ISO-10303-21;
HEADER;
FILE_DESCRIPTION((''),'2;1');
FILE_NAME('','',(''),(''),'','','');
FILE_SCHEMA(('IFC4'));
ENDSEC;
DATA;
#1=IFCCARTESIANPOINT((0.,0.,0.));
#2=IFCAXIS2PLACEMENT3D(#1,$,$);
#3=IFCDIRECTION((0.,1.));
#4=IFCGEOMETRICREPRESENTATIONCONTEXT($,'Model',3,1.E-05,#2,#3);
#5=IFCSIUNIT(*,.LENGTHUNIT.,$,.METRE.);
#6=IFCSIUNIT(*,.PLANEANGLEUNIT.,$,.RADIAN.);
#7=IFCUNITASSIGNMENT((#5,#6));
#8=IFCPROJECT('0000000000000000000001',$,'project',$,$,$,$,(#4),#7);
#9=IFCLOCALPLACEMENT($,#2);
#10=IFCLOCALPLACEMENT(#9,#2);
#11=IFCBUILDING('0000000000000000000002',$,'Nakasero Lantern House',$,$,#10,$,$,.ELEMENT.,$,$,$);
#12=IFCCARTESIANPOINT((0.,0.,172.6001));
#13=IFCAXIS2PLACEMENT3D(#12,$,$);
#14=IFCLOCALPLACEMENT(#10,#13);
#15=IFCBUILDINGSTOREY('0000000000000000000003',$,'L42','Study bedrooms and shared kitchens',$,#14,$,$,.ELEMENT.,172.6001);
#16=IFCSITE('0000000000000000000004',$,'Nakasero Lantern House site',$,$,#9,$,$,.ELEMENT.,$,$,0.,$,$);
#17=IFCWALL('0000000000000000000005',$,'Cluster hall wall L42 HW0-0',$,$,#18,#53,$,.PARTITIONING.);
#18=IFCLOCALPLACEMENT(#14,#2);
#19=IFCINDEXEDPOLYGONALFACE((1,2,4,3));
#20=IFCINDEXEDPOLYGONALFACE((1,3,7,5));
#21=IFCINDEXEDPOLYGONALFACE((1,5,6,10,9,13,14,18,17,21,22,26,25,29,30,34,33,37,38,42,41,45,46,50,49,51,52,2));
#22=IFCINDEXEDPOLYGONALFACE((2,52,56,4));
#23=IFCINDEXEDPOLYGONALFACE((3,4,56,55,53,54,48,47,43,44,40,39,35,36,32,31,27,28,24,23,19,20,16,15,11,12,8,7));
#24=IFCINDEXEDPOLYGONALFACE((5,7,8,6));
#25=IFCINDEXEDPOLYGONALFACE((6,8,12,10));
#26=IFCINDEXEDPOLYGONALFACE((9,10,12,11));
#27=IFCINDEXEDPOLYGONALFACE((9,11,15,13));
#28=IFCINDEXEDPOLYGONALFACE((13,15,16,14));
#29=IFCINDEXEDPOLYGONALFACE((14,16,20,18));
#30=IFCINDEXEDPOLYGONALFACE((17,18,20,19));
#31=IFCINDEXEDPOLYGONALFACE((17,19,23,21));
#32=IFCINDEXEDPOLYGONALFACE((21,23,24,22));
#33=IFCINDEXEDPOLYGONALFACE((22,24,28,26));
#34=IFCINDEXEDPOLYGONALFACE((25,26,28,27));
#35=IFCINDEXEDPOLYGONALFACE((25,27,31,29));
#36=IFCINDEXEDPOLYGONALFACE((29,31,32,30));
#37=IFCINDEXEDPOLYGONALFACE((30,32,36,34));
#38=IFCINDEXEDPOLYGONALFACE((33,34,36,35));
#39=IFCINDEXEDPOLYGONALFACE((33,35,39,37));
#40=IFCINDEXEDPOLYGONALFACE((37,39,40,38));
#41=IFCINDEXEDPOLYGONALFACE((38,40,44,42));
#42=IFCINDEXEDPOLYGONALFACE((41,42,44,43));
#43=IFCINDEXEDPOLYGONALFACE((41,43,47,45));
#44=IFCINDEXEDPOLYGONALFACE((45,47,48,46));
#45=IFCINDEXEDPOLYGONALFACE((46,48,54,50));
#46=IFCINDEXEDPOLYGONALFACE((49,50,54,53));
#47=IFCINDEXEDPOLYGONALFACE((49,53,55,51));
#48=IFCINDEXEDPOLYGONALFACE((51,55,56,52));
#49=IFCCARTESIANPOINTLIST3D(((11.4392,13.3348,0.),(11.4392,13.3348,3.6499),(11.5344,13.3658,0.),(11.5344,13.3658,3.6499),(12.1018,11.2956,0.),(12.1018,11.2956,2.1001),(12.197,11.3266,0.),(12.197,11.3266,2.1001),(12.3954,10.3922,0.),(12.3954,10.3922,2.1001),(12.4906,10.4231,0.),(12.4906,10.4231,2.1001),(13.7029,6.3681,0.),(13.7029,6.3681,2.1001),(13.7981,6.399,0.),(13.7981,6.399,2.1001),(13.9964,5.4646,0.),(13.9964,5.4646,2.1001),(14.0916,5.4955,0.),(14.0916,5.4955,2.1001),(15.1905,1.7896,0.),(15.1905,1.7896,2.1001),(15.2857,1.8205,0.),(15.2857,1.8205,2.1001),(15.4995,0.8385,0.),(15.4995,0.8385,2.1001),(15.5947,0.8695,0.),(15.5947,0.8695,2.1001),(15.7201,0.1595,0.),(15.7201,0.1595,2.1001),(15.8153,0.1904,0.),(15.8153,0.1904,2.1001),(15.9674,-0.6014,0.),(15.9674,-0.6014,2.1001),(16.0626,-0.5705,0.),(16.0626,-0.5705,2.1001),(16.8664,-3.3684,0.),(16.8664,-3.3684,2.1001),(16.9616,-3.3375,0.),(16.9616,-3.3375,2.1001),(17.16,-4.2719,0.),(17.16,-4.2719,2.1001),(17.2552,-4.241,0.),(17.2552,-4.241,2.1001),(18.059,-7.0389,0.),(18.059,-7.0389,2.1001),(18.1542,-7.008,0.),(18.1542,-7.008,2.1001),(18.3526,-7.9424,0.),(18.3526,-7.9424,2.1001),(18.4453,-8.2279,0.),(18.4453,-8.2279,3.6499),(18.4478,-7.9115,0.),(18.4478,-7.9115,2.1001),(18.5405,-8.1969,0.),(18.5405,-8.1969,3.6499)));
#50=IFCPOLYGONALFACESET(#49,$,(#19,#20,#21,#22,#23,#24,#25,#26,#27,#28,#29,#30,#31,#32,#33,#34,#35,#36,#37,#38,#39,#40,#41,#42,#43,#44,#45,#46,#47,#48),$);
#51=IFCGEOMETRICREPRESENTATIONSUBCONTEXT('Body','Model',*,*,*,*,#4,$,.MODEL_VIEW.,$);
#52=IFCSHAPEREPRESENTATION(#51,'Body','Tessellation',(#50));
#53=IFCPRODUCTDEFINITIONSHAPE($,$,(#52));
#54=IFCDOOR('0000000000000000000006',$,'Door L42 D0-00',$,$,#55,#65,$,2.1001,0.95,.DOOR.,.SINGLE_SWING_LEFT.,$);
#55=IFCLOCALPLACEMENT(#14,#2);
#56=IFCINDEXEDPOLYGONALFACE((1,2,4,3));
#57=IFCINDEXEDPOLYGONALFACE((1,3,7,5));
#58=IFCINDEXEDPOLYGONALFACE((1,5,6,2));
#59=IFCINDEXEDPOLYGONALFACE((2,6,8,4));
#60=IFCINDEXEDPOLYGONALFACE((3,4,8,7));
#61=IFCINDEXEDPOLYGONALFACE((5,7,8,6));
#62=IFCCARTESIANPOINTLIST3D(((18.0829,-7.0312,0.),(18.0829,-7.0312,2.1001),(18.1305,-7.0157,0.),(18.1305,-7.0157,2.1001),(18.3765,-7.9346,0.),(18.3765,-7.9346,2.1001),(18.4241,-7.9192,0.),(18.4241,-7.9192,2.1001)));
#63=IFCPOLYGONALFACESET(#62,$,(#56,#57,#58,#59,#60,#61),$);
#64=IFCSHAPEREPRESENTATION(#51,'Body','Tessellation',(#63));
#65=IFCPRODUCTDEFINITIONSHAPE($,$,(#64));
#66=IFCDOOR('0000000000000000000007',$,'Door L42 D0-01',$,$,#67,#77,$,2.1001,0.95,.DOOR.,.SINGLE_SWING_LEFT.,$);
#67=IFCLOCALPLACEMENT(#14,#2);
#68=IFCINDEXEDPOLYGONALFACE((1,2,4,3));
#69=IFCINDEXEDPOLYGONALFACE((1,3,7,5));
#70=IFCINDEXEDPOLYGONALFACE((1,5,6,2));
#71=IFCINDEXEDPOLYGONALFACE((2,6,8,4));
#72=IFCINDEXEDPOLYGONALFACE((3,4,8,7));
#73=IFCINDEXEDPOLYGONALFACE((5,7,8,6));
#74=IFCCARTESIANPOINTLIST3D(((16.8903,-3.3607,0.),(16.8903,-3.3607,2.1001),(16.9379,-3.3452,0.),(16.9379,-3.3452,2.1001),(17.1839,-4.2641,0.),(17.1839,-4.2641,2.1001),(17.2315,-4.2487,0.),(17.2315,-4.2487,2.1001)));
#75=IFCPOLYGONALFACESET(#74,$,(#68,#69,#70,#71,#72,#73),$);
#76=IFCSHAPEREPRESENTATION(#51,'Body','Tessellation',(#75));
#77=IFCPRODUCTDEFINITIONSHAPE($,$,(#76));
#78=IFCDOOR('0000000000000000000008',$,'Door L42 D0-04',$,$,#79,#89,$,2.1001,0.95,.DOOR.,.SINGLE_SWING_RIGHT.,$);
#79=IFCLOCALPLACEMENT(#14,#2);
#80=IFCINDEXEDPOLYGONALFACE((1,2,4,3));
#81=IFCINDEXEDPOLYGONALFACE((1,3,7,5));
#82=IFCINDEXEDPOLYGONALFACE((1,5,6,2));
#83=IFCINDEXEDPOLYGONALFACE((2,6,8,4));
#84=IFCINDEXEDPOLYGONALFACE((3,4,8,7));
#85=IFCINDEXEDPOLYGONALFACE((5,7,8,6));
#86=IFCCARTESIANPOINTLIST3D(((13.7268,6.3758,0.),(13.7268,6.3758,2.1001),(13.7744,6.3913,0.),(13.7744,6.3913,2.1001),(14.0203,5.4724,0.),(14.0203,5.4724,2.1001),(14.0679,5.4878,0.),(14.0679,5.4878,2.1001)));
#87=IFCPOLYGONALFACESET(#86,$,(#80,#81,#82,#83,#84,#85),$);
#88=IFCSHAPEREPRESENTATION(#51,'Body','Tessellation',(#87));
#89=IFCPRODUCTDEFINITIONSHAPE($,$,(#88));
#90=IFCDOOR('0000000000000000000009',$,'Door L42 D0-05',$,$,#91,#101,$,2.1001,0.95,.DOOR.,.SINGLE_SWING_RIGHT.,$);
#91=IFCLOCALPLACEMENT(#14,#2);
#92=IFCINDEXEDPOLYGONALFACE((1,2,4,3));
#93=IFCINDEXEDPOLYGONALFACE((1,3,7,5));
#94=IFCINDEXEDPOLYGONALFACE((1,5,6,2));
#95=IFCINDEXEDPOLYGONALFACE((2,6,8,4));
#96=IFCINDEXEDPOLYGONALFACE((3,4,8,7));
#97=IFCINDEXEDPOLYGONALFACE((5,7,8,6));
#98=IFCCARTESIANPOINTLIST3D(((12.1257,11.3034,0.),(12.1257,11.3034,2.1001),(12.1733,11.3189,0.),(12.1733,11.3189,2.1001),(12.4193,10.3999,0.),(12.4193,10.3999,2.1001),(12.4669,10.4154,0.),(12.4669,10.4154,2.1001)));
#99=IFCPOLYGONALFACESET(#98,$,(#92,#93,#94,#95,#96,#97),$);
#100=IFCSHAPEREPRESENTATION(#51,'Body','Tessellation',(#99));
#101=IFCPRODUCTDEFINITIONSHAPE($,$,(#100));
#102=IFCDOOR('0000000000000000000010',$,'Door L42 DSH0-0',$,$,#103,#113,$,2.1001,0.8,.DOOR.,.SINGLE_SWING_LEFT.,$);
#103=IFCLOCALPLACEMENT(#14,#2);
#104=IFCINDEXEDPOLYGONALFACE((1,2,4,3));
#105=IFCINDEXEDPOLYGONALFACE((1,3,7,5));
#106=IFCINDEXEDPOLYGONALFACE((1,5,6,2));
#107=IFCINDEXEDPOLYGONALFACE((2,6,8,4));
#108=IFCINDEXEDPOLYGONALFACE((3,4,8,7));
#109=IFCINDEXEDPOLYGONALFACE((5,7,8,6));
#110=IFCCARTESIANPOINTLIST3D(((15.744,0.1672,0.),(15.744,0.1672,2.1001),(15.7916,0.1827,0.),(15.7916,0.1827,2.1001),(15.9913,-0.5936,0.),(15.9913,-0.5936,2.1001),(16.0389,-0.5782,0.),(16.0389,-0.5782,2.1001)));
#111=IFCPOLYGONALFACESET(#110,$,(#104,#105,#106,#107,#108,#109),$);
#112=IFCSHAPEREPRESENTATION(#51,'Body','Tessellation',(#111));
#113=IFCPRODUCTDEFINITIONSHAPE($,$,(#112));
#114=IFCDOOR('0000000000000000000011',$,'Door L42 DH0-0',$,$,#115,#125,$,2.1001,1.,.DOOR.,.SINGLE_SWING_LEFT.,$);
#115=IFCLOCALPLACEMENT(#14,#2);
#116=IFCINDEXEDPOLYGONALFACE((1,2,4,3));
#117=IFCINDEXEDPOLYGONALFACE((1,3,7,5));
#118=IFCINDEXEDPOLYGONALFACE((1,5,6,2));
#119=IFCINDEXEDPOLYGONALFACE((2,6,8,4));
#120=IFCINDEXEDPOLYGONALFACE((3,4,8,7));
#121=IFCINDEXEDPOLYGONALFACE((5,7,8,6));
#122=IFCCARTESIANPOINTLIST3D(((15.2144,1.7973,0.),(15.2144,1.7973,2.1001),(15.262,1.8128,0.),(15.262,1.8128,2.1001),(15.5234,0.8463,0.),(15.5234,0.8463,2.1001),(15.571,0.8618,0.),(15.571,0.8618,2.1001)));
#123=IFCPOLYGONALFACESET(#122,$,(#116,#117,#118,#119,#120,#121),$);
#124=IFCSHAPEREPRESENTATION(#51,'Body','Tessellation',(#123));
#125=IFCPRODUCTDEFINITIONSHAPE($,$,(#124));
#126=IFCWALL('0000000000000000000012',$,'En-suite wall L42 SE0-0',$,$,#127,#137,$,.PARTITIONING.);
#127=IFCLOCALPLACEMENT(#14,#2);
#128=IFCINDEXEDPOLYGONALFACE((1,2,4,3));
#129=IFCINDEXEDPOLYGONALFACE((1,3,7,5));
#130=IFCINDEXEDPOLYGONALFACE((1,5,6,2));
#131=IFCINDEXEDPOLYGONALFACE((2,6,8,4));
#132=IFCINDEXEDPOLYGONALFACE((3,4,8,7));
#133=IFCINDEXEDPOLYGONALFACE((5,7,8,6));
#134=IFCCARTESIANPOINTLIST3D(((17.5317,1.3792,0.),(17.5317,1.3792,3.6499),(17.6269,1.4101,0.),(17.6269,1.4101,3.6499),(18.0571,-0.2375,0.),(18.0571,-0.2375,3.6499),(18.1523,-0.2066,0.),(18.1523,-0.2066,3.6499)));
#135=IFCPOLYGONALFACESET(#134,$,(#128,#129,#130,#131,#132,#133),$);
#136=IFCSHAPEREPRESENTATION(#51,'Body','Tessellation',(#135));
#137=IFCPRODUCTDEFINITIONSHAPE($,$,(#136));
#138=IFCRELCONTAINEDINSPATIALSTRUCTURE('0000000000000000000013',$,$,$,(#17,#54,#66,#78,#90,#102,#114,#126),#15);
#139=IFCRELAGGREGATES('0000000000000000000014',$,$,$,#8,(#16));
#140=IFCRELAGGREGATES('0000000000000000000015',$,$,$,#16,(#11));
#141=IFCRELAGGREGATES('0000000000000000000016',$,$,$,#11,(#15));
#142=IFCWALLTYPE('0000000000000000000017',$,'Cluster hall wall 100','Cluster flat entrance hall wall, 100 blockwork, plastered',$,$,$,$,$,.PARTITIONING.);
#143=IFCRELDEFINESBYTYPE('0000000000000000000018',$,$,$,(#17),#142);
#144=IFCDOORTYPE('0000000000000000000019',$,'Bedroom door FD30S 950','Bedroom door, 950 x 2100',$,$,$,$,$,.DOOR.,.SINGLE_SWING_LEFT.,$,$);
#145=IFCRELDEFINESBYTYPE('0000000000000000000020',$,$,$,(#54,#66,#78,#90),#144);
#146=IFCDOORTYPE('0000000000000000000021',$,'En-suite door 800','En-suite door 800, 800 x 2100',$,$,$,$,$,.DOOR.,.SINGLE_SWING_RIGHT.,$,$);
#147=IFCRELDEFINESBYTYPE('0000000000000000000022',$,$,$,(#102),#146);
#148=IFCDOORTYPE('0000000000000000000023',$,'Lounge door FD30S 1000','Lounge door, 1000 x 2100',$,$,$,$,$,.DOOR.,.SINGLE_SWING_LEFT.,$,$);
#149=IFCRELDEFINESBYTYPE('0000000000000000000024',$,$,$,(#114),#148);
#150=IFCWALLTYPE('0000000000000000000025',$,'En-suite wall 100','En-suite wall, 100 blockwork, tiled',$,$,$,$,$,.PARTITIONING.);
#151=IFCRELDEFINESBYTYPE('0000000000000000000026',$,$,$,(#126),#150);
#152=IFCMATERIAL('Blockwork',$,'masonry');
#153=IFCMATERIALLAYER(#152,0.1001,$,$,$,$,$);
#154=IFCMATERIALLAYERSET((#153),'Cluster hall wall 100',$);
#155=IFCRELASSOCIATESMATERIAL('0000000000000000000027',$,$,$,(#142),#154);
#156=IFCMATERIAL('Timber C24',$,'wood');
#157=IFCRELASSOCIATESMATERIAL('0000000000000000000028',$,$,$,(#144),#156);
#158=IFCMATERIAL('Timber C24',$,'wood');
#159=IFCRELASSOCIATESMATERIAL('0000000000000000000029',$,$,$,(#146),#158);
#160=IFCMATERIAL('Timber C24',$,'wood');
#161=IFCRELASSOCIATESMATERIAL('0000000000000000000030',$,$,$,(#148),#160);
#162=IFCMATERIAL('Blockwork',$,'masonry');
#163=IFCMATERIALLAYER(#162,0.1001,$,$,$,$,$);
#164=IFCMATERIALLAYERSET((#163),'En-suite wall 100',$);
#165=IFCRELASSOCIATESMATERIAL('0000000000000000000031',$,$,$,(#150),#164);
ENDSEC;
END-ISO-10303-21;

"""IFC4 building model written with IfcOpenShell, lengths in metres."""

from ifc_helpers import new_model, si_unit, direction, frame, frame_2d, origin, place, context, subcontext, project, spatial, rectangle, extrude, material, layer, layer_set, type_object, element, fill, save


model = new_model("IFC4")

# Units and contexts
model_context = context("Model", 3, precision=1e-05, world=origin(), true_north=direction((0.0, 1.0)))
body_context = subcontext(model_context, "Body", "Model", "MODEL_VIEW")
ifc_project = project(units=[si_unit("LENGTHUNIT", "METRE"), si_unit("PLANEANGLEUNIT", "RADIAN")], contexts=[model_context])

# Site, building, storey
site_placement = place(None, origin())
site = spatial("IfcSite", under=ifc_project, at=site_placement, Name="Nakasero Lantern House site", CompositionType="ELEMENT", RefElevation=0.0)
building_placement = place(site_placement, origin())
building = spatial("IfcBuilding", under=site, at=building_placement, Name="Nakasero Lantern House", CompositionType="ELEMENT")
storey_placement = place(building_placement, frame((0.0, 0.0, 172.6001)))
storey = spatial("IfcBuildingStorey", under=building, at=storey_placement, Name="L42", Description="Study bedrooms and shared kitchens", CompositionType="ELEMENT", Elevation=172.6001)

# Wall, openings, doors
ifc_material_1 = material(Name="Blockwork", Category="masonry")
ifc_layer_1 = layer(ifc_material_1, 0.1001)
ifc_layer_set_1 = layer_set([ifc_layer_1], Name="Cluster hall wall 100")
wall_type_1 = type_object("IfcWallType", Name="Cluster hall wall 100", Description="Cluster flat entrance hall wall, 100 blockwork, plastered", PredefinedType="PARTITIONING", material=ifc_layer_set_1)
wall_1_placement = place(storey_placement, frame((18.4929, -8.2124, 0.0), z_axis=(0.0, 0.0, 1.0), x_axis=(-0.309015, 0.951057, 0.0)))
wall_1 = element("IfcWall", 1, at=wall_1_placement, inside=storey, type_object=wall_type_1, Name="Cluster hall wall L42 HW0-0", PredefinedType="PARTITIONING", context=body_context, shape_type="SweptSolid", body=[
    extrude(rectangle(XDim=22.6724, YDim=0.1001, at=frame_2d((11.3362, 0.0))), origin(), (0.0, 0.0, 1.0), 3.6499),
])
opening_1_placement = place(wall_1_placement, frame((9.533, 0.0, 0.0)))
opening_1 = element("IfcOpeningElement", 2, at=opening_1_placement, cuts=wall_1, PredefinedType="OPENING", context=body_context, shape_type="SweptSolid", body=[
    extrude(rectangle(XDim=1.0, YDim=2.1001, at=frame_2d((0.5, 1.05))), frame((0.0, 0.0701, 0.0), z_axis=(0.0, -1.0, 0.0), x_axis=(1.0, 0.0, 0.0)), (0.0, 0.0, 1.0), 0.1401),
])
opening_2_placement = place(wall_1_placement, frame((8.019, 0.0, 0.0)))
opening_2 = element("IfcOpeningElement", 3, at=opening_2_placement, cuts=wall_1, PredefinedType="OPENING", context=body_context, shape_type="SweptSolid", body=[
    extrude(rectangle(XDim=0.8, YDim=2.1001, at=frame_2d((0.3999, 1.05))), frame((0.0, 0.0701, 0.0), z_axis=(0.0, -1.0, 0.0), x_axis=(1.0, 0.0, 0.0)), (0.0, 0.0, 1.0), 0.1401),
])
opening_3_placement = place(wall_1_placement, frame((0.3, 0.0, 0.0)))
opening_3 = element("IfcOpeningElement", 4, at=opening_3_placement, cuts=wall_1, PredefinedType="OPENING", context=body_context, shape_type="SweptSolid", body=[
    extrude(rectangle(XDim=0.95, YDim=2.1001, at=frame_2d((0.4751, 1.05))), frame((0.0, 0.0701, 0.0), z_axis=(0.0, -1.0, 0.0), x_axis=(1.0, 0.0, 0.0)), (0.0, 0.0, 1.0), 0.1401),
])
opening_4_placement = place(wall_1_placement, frame((4.1594, 0.0, 0.0)))
opening_4 = element("IfcOpeningElement", 5, at=opening_4_placement, cuts=wall_1, PredefinedType="OPENING", context=body_context, shape_type="SweptSolid", body=[
    extrude(rectangle(XDim=0.95, YDim=2.1001, at=frame_2d((0.4751, 1.05))), frame((0.0, 0.0701, 0.0), z_axis=(0.0, -1.0, 0.0), x_axis=(1.0, 0.0, 0.0)), (0.0, 0.0, 1.0), 0.1401),
])
opening_5_placement = place(wall_1_placement, frame((14.397, 0.0, 0.0)))
opening_5 = element("IfcOpeningElement", 6, at=opening_5_placement, cuts=wall_1, PredefinedType="OPENING", context=body_context, shape_type="SweptSolid", body=[
    extrude(rectangle(XDim=0.95, YDim=2.1001, at=frame_2d((0.4751, 1.05))), frame((0.0, 0.0701, 0.0), z_axis=(0.0, -1.0, 0.0), x_axis=(1.0, 0.0, 0.0)), (0.0, 0.0, 1.0), 0.1401),
])
opening_6_placement = place(wall_1_placement, frame((19.5781, 0.0, 0.0)))
opening_6 = element("IfcOpeningElement", 7, at=opening_6_placement, cuts=wall_1, PredefinedType="OPENING", context=body_context, shape_type="SweptSolid", body=[
    extrude(rectangle(XDim=0.95, YDim=2.1001, at=frame_2d((0.4751, 1.05))), frame((0.0, 0.0701, 0.0), z_axis=(0.0, -1.0, 0.0), x_axis=(1.0, 0.0, 0.0)), (0.0, 0.0, 1.0), 0.1401),
])
ifc_material_2 = material(Name="Timber C24", Category="wood")
door_type_1 = type_object("IfcDoorType", Name="Bedroom door FD30S 950", Description="Bedroom door, 950 x 2100", OperationType="SINGLE_SWING_LEFT", PredefinedType="DOOR", material=ifc_material_2)
door_1_placement = place(opening_3_placement, origin())
door_1 = element("IfcDoor", 8, at=door_1_placement, inside=storey, type_object=door_type_1, Name="Door L42 D0-00", OperationType="SINGLE_SWING_LEFT", OverallHeight=2.1001, OverallWidth=0.95, PredefinedType="DOOR", context=body_context, shape_type="SweptSolid", body=[
    extrude(rectangle(XDim=0.95, YDim=2.1001, at=frame_2d((0.4751, 1.05))), frame((0.0, 0.0249, 0.0), z_axis=(0.0, -1.0, 0.0), x_axis=(1.0, 0.0, 0.0)), (0.0, 0.0, 1.0), 0.05),
])
fill(opening_3, door_1)
door_2_placement = place(opening_4_placement, origin())
door_2 = element("IfcDoor", 9, at=door_2_placement, inside=storey, type_object=door_type_1, Name="Door L42 D0-01", OperationType="SINGLE_SWING_LEFT", OverallHeight=2.1001, OverallWidth=0.95, PredefinedType="DOOR", context=body_context, shape_type="SweptSolid", body=[
    extrude(rectangle(XDim=0.95, YDim=2.1001, at=frame_2d((0.4751, 1.05))), frame((0.0, 0.0249, 0.0), z_axis=(0.0, -1.0, 0.0), x_axis=(1.0, 0.0, 0.0)), (0.0, 0.0, 1.0), 0.05),
])
fill(opening_4, door_2)
door_3_placement = place(opening_5_placement, origin())
door_3 = element("IfcDoor", 10, at=door_3_placement, inside=storey, type_object=door_type_1, Name="Door L42 D0-04", OperationType="SINGLE_SWING_RIGHT", OverallHeight=2.1001, OverallWidth=0.95, PredefinedType="DOOR", context=body_context, shape_type="SweptSolid", body=[
    extrude(rectangle(XDim=0.95, YDim=2.1001, at=frame_2d((0.4751, 1.05))), frame((0.0, 0.0249, 0.0), z_axis=(0.0, -1.0, 0.0), x_axis=(1.0, 0.0, 0.0)), (0.0, 0.0, 1.0), 0.05),
])
fill(opening_5, door_3)
door_4_placement = place(opening_6_placement, origin())
door_4 = element("IfcDoor", 11, at=door_4_placement, inside=storey, type_object=door_type_1, Name="Door L42 D0-05", OperationType="SINGLE_SWING_RIGHT", OverallHeight=2.1001, OverallWidth=0.95, PredefinedType="DOOR", context=body_context, shape_type="SweptSolid", body=[
    extrude(rectangle(XDim=0.95, YDim=2.1001, at=frame_2d((0.4751, 1.05))), frame((0.0, 0.0249, 0.0), z_axis=(0.0, -1.0, 0.0), x_axis=(1.0, 0.0, 0.0)), (0.0, 0.0, 1.0), 0.05),
])
fill(opening_6, door_4)
ifc_material_3 = material(Name="Timber C24", Category="wood")
door_type_2 = type_object("IfcDoorType", Name="En-suite door 800", Description="En-suite door 800, 800 x 2100", OperationType="SINGLE_SWING_RIGHT", PredefinedType="DOOR", material=ifc_material_3)
door_5_placement = place(opening_2_placement, origin())
door_5 = element("IfcDoor", 12, at=door_5_placement, inside=storey, type_object=door_type_2, Name="Door L42 DSH0-0", OperationType="SINGLE_SWING_LEFT", OverallHeight=2.1001, OverallWidth=0.8, PredefinedType="DOOR", context=body_context, shape_type="SweptSolid", body=[
    extrude(rectangle(XDim=0.8, YDim=2.1001, at=frame_2d((0.3999, 1.05))), frame((0.0, 0.0249, 0.0), z_axis=(0.0, -1.0, 0.0), x_axis=(1.0, 0.0, 0.0)), (0.0, 0.0, 1.0), 0.05),
])
fill(opening_2, door_5)
ifc_material_4 = material(Name="Timber C24", Category="wood")
door_type_3 = type_object("IfcDoorType", Name="Lounge door FD30S 1000", Description="Lounge door, 1000 x 2100", OperationType="SINGLE_SWING_LEFT", PredefinedType="DOOR", material=ifc_material_4)
door_6_placement = place(opening_1_placement, origin())
door_6 = element("IfcDoor", 13, at=door_6_placement, inside=storey, type_object=door_type_3, Name="Door L42 DH0-0", OperationType="SINGLE_SWING_LEFT", OverallHeight=2.1001, OverallWidth=1.0, PredefinedType="DOOR", context=body_context, shape_type="SweptSolid", body=[
    extrude(rectangle(XDim=1.0, YDim=2.1001, at=frame_2d((0.5, 1.05))), frame((0.0, 0.0249, 0.0), z_axis=(0.0, -1.0, 0.0), x_axis=(1.0, 0.0, 0.0)), (0.0, 0.0, 1.0), 0.05),
])
fill(opening_1, door_6)

# Wall
ifc_material_5 = material(Name="Blockwork", Category="masonry")
ifc_layer_2 = layer(ifc_material_5, 0.1001)
ifc_layer_set_2 = layer_set([ifc_layer_2], Name="En-suite wall 100")
wall_type_2 = type_object("IfcWallType", Name="En-suite wall 100", Description="En-suite wall, 100 blockwork, tiled", PredefinedType="PARTITIONING", material=ifc_layer_set_2)
wall_2_placement = place(storey_placement, frame((18.1047, -0.2222, 0.0), z_axis=(0.0, 0.0, 1.0), x_axis=(-0.309067, 0.95104, 0.0)))
element("IfcWall", 14, at=wall_2_placement, inside=storey, type_object=wall_type_2, Name="En-suite wall L42 SE0-0", PredefinedType="PARTITIONING", context=body_context, shape_type="SweptSolid", body=[
    extrude(rectangle(XDim=1.7, YDim=0.1001, at=frame_2d((0.8501, 0.0))), origin(), (0.0, 0.0, 1.0), 3.6499),
])

save(model, "model.ifc")
